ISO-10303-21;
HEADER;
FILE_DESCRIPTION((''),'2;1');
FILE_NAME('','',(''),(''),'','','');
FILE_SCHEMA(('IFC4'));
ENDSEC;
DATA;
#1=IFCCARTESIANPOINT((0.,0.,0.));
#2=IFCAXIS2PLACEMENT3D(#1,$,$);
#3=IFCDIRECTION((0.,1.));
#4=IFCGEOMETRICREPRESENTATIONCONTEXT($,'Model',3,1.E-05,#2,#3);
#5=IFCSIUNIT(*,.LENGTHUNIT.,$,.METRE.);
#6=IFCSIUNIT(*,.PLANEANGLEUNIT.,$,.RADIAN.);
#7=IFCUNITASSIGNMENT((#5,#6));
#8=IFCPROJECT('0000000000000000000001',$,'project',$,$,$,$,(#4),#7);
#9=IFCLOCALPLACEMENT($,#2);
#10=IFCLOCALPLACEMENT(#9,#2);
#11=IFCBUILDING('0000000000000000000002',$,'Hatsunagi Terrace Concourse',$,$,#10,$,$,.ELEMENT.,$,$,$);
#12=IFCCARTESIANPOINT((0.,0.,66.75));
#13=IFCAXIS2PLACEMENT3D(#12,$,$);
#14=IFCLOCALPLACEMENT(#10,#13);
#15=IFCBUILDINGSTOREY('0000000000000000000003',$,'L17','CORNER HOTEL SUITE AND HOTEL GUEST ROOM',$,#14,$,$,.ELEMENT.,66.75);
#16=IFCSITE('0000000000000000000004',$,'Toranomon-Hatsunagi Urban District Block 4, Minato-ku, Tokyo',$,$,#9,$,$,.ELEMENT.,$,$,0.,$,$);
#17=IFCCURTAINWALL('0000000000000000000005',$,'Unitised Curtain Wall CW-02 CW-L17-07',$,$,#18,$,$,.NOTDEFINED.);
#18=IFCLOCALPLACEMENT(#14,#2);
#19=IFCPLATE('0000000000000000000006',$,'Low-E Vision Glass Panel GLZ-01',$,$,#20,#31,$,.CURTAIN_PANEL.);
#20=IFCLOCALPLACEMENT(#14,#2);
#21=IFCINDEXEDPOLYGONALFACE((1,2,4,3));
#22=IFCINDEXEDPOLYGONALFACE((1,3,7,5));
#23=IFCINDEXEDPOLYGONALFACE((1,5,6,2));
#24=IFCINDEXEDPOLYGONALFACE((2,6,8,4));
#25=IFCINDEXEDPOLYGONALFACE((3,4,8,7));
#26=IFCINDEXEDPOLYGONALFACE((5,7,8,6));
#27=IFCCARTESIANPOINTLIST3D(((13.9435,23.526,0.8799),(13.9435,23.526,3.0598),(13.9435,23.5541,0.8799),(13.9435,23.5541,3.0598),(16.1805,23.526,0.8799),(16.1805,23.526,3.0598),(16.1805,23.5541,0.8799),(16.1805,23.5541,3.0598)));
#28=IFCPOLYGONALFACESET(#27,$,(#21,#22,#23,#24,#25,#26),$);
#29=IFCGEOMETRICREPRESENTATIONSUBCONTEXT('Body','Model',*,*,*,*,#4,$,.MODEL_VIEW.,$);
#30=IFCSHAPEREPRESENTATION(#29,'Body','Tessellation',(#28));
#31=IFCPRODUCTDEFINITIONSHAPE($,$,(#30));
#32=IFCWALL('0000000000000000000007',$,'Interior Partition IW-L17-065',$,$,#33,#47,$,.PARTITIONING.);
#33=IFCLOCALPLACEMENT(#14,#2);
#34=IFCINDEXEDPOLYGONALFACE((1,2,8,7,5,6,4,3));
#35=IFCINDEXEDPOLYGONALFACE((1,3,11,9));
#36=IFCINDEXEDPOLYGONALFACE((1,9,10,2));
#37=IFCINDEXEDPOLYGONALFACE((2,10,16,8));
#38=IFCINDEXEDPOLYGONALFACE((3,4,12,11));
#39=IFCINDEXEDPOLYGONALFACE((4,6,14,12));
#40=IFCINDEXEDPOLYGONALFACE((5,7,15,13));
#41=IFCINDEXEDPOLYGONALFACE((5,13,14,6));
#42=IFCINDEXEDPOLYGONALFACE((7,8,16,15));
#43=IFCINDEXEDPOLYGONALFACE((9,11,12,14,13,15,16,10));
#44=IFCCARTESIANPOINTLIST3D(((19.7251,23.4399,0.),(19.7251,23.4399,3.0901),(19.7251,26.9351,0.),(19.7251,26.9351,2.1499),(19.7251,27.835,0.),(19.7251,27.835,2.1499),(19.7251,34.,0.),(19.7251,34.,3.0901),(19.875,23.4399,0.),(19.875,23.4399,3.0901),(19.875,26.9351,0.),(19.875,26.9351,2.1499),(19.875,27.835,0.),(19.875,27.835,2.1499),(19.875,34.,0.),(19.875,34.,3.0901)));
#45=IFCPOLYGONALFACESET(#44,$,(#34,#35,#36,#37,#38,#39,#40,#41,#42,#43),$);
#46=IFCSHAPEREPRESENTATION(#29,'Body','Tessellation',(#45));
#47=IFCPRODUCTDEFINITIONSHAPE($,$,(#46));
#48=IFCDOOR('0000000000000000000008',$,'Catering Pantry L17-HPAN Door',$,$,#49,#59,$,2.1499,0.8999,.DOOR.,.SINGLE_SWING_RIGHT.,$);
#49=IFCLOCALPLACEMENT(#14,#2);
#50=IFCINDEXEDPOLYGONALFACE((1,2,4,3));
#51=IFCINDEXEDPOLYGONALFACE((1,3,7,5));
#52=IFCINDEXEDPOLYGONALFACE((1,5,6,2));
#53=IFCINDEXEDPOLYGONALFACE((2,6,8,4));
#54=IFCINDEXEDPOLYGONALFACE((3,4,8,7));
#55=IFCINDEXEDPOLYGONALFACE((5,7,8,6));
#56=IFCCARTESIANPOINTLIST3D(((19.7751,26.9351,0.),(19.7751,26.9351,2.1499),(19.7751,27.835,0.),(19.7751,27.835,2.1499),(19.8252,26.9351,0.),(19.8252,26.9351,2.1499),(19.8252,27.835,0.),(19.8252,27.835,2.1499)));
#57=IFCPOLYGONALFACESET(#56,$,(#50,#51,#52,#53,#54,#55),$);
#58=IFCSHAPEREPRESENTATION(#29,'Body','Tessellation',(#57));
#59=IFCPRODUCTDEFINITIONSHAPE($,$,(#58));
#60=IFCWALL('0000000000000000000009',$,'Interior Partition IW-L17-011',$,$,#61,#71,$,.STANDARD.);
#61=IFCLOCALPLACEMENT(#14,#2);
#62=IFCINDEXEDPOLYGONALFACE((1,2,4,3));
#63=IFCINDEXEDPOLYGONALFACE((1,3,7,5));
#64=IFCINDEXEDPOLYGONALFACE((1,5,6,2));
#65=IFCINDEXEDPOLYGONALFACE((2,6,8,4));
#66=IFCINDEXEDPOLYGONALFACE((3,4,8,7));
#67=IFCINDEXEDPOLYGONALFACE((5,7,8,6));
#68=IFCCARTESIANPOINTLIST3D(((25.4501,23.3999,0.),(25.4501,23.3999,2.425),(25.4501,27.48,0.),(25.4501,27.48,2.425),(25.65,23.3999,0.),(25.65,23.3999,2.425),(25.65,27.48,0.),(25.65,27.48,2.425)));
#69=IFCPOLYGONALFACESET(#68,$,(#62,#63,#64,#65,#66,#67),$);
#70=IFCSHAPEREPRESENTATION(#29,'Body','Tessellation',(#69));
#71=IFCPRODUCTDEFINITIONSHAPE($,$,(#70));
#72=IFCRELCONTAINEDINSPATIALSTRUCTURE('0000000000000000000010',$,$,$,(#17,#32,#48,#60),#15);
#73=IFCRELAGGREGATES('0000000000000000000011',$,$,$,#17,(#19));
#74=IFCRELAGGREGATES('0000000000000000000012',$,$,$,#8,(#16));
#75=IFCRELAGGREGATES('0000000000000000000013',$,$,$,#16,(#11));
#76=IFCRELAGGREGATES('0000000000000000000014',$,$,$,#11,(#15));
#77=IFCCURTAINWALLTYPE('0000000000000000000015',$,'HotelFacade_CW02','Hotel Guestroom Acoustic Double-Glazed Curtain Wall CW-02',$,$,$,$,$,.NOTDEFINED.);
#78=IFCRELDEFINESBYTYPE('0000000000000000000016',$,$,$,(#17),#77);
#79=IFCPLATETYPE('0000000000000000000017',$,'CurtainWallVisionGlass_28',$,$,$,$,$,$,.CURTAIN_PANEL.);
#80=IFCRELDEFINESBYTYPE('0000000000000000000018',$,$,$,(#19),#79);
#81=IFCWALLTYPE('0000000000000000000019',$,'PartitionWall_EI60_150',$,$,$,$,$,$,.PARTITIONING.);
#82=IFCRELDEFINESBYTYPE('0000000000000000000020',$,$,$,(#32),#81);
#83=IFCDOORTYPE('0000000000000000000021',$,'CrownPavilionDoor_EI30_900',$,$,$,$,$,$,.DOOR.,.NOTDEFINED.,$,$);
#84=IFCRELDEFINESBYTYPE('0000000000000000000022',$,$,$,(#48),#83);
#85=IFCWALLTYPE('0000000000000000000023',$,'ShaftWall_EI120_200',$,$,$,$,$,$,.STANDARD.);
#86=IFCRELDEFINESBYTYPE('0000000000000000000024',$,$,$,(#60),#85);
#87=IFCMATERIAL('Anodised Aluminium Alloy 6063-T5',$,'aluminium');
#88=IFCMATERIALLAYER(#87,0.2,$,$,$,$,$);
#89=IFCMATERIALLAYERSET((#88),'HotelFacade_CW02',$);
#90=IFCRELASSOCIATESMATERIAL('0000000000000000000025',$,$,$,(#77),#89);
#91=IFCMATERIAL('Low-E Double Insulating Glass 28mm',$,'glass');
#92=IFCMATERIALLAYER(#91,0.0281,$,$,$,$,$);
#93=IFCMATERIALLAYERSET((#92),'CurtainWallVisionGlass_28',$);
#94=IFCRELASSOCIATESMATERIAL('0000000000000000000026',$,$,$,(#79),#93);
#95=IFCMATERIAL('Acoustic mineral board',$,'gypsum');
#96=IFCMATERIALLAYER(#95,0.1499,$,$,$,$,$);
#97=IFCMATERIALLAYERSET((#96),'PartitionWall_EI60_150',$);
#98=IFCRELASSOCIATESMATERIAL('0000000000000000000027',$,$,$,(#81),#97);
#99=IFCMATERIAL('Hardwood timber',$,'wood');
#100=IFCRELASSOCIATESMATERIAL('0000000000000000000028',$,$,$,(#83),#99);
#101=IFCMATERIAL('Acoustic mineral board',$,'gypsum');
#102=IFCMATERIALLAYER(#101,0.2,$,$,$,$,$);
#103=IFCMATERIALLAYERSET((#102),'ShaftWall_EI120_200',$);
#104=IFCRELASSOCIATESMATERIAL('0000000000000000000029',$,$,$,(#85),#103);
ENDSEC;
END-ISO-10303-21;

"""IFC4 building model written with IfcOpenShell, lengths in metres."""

from ifc_helpers import new_model, si_unit, direction, frame, frame_2d, origin, origin_2d, place, context, subcontext, project, spatial, rectangle, extrude, material, layer, layer_set, type_object, element, fill, aggregate, save


model = new_model("IFC4")

# Units and contexts
model_context = context("Model", 3, precision=1e-05, world=origin(), true_north=direction((0.0, 1.0)))
body_context = subcontext(model_context, "Body", "Model", "MODEL_VIEW")
ifc_project = project(units=[si_unit("LENGTHUNIT", "METRE"), si_unit("PLANEANGLEUNIT", "RADIAN")], contexts=[model_context])

# Site, building, storey
site_placement = place(None, origin())
site = spatial("IfcSite", under=ifc_project, at=site_placement, Name="Toranomon-Hatsunagi Urban District Block 4, Minato-ku, Tokyo", CompositionType="ELEMENT", RefElevation=0.0)
building_placement = place(site_placement, origin())
building = spatial("IfcBuilding", under=site, at=building_placement, Name="Hatsunagi Terrace Concourse", CompositionType="ELEMENT")
storey_placement = place(building_placement, frame((0.0, 0.0, 66.75)))
storey = spatial("IfcBuildingStorey", under=building, at=storey_placement, Name="L17", Description="CORNER HOTEL SUITE AND HOTEL GUEST ROOM", CompositionType="ELEMENT", Elevation=66.75)

# Curtain wall
ifc_material_1 = material(Name="Anodised Aluminium Alloy 6063-T5", Category="aluminium")
ifc_layer_1 = layer(ifc_material_1, 0.2)
ifc_layer_set_1 = layer_set([ifc_layer_1], Name="HotelFacade_CW02")
curtain_wall_type = type_object("IfcCurtainWallType", Name="HotelFacade_CW02", Description="Hotel Guestroom Acoustic Double-Glazed Curtain Wall CW-02", PredefinedType="NOTDEFINED", material=ifc_layer_set_1)
curtain_wall_1_placement = place(storey_placement, origin())
curtain_wall_1 = element("IfcCurtainWall", 1, at=curtain_wall_1_placement, inside=storey, type_object=curtain_wall_type, Name="Unitised Curtain Wall CW-02 CW-L17-07", PredefinedType="NOTDEFINED")

# Plate
ifc_material_2 = material(Name="Low-E Double Insulating Glass 28mm", Category="glass")
ifc_layer_2 = layer(ifc_material_2, 0.0281)
ifc_layer_set_2 = layer_set([ifc_layer_2], Name="CurtainWallVisionGlass_28")
plate_type_1 = type_object("IfcPlateType", Name="CurtainWallVisionGlass_28", PredefinedType="CURTAIN_PANEL", material=ifc_layer_set_2)
plate_1_placement = place(storey_placement, frame((15.062, 23.54, 0.8799), z_axis=(0.0, 0.0, 1.0), x_axis=(-1.0, 0.0, 0.0)))
plate_1 = element("IfcPlate", 2, at=plate_1_placement, type_object=plate_type_1, Name="Low-E Vision Glass Panel GLZ-01", PredefinedType="CURTAIN_PANEL", context=body_context, shape_type="SweptSolid", body=[
    extrude(rectangle(XDim=2.2371, YDim=0.0281, at=origin_2d()), origin(), (0.0, 0.0, 1.0), 2.1799),
])
aggregate(curtain_wall_1, [plate_1])

# Wall, opening, door
ifc_material_3 = material(Name="Acoustic mineral board", Category="gypsum")
ifc_layer_3 = layer(ifc_material_3, 0.1499)
ifc_layer_set_3 = layer_set([ifc_layer_3], Name="PartitionWall_EI60_150")
wall_type_1 = type_object("IfcWallType", Name="PartitionWall_EI60_150", PredefinedType="PARTITIONING", material=ifc_layer_set_3)
wall_1_placement = place(storey_placement, frame((19.8, 23.4399, 0.0), z_axis=(0.0, 0.0, 1.0), x_axis=(0.0, 1.0, 0.0)))
wall_1 = element("IfcWall", 3, at=wall_1_placement, inside=storey, type_object=wall_type_1, Name="Interior Partition IW-L17-065", PredefinedType="PARTITIONING", context=body_context, shape_type="SweptSolid", body=[
    extrude(rectangle(XDim=10.5601, YDim=0.1499, at=frame_2d((5.28, 0.0))), origin(), (0.0, 0.0, 1.0), 3.0901),
])
opening_placement = place(wall_1_placement, frame((3.4951, 0.0, 0.0)))
opening = element("IfcOpeningElement", 4, at=opening_placement, cuts=wall_1, PredefinedType="OPENING", context=body_context, shape_type="SweptSolid", body=[
    extrude(rectangle(XDim=0.8999, YDim=2.1499, at=frame_2d((0.45, 1.075))), frame((0.0, 0.085, 0.0), z_axis=(0.0, -1.0, 0.0), x_axis=(1.0, 0.0, 0.0)), (0.0, 0.0, 1.0), 0.1699),
])
ifc_material_4 = material(Name="Hardwood timber", Category="wood")
door_type = type_object("IfcDoorType", Name="CrownPavilionDoor_EI30_900", OperationType="NOTDEFINED", PredefinedType="DOOR", material=ifc_material_4)
door_placement = place(opening_placement, origin())
door = element("IfcDoor", 5, at=door_placement, inside=storey, type_object=door_type, Name="Catering Pantry L17-HPAN Door", OperationType="SINGLE_SWING_RIGHT", OverallHeight=2.1499, OverallWidth=0.8999, PredefinedType="DOOR", context=body_context, shape_type="SweptSolid", body=[
    extrude(rectangle(XDim=0.8999, YDim=2.1499, at=frame_2d((0.45, 1.075))), frame((0.0, 0.0249, 0.0), z_axis=(0.0, -1.0, 0.0), x_axis=(1.0, 0.0, 0.0)), (0.0, 0.0, 1.0), 0.05),
])
fill(opening, door)

# Wall
ifc_material_5 = material(Name="Acoustic mineral board", Category="gypsum")
ifc_layer_4 = layer(ifc_material_5, 0.2)
ifc_layer_set_4 = layer_set([ifc_layer_4], Name="ShaftWall_EI120_200")
wall_type_2 = type_object("IfcWallType", Name="ShaftWall_EI120_200", PredefinedType="STANDARD", material=ifc_layer_set_4)
wall_2_placement = place(storey_placement, frame((25.55, 23.3999, 0.0), z_axis=(0.0, 0.0, 1.0), x_axis=(0.0, 1.0, 0.0)))
element("IfcWall", 6, at=wall_2_placement, inside=storey, type_object=wall_type_2, Name="Interior Partition IW-L17-011", PredefinedType="STANDARD", context=body_context, shape_type="SweptSolid", body=[
    extrude(rectangle(XDim=4.0801, YDim=0.2, at=frame_2d((2.04, 0.0))), origin(), (0.0, 0.0, 1.0), 2.425),
])

save(model, "model.ifc")
